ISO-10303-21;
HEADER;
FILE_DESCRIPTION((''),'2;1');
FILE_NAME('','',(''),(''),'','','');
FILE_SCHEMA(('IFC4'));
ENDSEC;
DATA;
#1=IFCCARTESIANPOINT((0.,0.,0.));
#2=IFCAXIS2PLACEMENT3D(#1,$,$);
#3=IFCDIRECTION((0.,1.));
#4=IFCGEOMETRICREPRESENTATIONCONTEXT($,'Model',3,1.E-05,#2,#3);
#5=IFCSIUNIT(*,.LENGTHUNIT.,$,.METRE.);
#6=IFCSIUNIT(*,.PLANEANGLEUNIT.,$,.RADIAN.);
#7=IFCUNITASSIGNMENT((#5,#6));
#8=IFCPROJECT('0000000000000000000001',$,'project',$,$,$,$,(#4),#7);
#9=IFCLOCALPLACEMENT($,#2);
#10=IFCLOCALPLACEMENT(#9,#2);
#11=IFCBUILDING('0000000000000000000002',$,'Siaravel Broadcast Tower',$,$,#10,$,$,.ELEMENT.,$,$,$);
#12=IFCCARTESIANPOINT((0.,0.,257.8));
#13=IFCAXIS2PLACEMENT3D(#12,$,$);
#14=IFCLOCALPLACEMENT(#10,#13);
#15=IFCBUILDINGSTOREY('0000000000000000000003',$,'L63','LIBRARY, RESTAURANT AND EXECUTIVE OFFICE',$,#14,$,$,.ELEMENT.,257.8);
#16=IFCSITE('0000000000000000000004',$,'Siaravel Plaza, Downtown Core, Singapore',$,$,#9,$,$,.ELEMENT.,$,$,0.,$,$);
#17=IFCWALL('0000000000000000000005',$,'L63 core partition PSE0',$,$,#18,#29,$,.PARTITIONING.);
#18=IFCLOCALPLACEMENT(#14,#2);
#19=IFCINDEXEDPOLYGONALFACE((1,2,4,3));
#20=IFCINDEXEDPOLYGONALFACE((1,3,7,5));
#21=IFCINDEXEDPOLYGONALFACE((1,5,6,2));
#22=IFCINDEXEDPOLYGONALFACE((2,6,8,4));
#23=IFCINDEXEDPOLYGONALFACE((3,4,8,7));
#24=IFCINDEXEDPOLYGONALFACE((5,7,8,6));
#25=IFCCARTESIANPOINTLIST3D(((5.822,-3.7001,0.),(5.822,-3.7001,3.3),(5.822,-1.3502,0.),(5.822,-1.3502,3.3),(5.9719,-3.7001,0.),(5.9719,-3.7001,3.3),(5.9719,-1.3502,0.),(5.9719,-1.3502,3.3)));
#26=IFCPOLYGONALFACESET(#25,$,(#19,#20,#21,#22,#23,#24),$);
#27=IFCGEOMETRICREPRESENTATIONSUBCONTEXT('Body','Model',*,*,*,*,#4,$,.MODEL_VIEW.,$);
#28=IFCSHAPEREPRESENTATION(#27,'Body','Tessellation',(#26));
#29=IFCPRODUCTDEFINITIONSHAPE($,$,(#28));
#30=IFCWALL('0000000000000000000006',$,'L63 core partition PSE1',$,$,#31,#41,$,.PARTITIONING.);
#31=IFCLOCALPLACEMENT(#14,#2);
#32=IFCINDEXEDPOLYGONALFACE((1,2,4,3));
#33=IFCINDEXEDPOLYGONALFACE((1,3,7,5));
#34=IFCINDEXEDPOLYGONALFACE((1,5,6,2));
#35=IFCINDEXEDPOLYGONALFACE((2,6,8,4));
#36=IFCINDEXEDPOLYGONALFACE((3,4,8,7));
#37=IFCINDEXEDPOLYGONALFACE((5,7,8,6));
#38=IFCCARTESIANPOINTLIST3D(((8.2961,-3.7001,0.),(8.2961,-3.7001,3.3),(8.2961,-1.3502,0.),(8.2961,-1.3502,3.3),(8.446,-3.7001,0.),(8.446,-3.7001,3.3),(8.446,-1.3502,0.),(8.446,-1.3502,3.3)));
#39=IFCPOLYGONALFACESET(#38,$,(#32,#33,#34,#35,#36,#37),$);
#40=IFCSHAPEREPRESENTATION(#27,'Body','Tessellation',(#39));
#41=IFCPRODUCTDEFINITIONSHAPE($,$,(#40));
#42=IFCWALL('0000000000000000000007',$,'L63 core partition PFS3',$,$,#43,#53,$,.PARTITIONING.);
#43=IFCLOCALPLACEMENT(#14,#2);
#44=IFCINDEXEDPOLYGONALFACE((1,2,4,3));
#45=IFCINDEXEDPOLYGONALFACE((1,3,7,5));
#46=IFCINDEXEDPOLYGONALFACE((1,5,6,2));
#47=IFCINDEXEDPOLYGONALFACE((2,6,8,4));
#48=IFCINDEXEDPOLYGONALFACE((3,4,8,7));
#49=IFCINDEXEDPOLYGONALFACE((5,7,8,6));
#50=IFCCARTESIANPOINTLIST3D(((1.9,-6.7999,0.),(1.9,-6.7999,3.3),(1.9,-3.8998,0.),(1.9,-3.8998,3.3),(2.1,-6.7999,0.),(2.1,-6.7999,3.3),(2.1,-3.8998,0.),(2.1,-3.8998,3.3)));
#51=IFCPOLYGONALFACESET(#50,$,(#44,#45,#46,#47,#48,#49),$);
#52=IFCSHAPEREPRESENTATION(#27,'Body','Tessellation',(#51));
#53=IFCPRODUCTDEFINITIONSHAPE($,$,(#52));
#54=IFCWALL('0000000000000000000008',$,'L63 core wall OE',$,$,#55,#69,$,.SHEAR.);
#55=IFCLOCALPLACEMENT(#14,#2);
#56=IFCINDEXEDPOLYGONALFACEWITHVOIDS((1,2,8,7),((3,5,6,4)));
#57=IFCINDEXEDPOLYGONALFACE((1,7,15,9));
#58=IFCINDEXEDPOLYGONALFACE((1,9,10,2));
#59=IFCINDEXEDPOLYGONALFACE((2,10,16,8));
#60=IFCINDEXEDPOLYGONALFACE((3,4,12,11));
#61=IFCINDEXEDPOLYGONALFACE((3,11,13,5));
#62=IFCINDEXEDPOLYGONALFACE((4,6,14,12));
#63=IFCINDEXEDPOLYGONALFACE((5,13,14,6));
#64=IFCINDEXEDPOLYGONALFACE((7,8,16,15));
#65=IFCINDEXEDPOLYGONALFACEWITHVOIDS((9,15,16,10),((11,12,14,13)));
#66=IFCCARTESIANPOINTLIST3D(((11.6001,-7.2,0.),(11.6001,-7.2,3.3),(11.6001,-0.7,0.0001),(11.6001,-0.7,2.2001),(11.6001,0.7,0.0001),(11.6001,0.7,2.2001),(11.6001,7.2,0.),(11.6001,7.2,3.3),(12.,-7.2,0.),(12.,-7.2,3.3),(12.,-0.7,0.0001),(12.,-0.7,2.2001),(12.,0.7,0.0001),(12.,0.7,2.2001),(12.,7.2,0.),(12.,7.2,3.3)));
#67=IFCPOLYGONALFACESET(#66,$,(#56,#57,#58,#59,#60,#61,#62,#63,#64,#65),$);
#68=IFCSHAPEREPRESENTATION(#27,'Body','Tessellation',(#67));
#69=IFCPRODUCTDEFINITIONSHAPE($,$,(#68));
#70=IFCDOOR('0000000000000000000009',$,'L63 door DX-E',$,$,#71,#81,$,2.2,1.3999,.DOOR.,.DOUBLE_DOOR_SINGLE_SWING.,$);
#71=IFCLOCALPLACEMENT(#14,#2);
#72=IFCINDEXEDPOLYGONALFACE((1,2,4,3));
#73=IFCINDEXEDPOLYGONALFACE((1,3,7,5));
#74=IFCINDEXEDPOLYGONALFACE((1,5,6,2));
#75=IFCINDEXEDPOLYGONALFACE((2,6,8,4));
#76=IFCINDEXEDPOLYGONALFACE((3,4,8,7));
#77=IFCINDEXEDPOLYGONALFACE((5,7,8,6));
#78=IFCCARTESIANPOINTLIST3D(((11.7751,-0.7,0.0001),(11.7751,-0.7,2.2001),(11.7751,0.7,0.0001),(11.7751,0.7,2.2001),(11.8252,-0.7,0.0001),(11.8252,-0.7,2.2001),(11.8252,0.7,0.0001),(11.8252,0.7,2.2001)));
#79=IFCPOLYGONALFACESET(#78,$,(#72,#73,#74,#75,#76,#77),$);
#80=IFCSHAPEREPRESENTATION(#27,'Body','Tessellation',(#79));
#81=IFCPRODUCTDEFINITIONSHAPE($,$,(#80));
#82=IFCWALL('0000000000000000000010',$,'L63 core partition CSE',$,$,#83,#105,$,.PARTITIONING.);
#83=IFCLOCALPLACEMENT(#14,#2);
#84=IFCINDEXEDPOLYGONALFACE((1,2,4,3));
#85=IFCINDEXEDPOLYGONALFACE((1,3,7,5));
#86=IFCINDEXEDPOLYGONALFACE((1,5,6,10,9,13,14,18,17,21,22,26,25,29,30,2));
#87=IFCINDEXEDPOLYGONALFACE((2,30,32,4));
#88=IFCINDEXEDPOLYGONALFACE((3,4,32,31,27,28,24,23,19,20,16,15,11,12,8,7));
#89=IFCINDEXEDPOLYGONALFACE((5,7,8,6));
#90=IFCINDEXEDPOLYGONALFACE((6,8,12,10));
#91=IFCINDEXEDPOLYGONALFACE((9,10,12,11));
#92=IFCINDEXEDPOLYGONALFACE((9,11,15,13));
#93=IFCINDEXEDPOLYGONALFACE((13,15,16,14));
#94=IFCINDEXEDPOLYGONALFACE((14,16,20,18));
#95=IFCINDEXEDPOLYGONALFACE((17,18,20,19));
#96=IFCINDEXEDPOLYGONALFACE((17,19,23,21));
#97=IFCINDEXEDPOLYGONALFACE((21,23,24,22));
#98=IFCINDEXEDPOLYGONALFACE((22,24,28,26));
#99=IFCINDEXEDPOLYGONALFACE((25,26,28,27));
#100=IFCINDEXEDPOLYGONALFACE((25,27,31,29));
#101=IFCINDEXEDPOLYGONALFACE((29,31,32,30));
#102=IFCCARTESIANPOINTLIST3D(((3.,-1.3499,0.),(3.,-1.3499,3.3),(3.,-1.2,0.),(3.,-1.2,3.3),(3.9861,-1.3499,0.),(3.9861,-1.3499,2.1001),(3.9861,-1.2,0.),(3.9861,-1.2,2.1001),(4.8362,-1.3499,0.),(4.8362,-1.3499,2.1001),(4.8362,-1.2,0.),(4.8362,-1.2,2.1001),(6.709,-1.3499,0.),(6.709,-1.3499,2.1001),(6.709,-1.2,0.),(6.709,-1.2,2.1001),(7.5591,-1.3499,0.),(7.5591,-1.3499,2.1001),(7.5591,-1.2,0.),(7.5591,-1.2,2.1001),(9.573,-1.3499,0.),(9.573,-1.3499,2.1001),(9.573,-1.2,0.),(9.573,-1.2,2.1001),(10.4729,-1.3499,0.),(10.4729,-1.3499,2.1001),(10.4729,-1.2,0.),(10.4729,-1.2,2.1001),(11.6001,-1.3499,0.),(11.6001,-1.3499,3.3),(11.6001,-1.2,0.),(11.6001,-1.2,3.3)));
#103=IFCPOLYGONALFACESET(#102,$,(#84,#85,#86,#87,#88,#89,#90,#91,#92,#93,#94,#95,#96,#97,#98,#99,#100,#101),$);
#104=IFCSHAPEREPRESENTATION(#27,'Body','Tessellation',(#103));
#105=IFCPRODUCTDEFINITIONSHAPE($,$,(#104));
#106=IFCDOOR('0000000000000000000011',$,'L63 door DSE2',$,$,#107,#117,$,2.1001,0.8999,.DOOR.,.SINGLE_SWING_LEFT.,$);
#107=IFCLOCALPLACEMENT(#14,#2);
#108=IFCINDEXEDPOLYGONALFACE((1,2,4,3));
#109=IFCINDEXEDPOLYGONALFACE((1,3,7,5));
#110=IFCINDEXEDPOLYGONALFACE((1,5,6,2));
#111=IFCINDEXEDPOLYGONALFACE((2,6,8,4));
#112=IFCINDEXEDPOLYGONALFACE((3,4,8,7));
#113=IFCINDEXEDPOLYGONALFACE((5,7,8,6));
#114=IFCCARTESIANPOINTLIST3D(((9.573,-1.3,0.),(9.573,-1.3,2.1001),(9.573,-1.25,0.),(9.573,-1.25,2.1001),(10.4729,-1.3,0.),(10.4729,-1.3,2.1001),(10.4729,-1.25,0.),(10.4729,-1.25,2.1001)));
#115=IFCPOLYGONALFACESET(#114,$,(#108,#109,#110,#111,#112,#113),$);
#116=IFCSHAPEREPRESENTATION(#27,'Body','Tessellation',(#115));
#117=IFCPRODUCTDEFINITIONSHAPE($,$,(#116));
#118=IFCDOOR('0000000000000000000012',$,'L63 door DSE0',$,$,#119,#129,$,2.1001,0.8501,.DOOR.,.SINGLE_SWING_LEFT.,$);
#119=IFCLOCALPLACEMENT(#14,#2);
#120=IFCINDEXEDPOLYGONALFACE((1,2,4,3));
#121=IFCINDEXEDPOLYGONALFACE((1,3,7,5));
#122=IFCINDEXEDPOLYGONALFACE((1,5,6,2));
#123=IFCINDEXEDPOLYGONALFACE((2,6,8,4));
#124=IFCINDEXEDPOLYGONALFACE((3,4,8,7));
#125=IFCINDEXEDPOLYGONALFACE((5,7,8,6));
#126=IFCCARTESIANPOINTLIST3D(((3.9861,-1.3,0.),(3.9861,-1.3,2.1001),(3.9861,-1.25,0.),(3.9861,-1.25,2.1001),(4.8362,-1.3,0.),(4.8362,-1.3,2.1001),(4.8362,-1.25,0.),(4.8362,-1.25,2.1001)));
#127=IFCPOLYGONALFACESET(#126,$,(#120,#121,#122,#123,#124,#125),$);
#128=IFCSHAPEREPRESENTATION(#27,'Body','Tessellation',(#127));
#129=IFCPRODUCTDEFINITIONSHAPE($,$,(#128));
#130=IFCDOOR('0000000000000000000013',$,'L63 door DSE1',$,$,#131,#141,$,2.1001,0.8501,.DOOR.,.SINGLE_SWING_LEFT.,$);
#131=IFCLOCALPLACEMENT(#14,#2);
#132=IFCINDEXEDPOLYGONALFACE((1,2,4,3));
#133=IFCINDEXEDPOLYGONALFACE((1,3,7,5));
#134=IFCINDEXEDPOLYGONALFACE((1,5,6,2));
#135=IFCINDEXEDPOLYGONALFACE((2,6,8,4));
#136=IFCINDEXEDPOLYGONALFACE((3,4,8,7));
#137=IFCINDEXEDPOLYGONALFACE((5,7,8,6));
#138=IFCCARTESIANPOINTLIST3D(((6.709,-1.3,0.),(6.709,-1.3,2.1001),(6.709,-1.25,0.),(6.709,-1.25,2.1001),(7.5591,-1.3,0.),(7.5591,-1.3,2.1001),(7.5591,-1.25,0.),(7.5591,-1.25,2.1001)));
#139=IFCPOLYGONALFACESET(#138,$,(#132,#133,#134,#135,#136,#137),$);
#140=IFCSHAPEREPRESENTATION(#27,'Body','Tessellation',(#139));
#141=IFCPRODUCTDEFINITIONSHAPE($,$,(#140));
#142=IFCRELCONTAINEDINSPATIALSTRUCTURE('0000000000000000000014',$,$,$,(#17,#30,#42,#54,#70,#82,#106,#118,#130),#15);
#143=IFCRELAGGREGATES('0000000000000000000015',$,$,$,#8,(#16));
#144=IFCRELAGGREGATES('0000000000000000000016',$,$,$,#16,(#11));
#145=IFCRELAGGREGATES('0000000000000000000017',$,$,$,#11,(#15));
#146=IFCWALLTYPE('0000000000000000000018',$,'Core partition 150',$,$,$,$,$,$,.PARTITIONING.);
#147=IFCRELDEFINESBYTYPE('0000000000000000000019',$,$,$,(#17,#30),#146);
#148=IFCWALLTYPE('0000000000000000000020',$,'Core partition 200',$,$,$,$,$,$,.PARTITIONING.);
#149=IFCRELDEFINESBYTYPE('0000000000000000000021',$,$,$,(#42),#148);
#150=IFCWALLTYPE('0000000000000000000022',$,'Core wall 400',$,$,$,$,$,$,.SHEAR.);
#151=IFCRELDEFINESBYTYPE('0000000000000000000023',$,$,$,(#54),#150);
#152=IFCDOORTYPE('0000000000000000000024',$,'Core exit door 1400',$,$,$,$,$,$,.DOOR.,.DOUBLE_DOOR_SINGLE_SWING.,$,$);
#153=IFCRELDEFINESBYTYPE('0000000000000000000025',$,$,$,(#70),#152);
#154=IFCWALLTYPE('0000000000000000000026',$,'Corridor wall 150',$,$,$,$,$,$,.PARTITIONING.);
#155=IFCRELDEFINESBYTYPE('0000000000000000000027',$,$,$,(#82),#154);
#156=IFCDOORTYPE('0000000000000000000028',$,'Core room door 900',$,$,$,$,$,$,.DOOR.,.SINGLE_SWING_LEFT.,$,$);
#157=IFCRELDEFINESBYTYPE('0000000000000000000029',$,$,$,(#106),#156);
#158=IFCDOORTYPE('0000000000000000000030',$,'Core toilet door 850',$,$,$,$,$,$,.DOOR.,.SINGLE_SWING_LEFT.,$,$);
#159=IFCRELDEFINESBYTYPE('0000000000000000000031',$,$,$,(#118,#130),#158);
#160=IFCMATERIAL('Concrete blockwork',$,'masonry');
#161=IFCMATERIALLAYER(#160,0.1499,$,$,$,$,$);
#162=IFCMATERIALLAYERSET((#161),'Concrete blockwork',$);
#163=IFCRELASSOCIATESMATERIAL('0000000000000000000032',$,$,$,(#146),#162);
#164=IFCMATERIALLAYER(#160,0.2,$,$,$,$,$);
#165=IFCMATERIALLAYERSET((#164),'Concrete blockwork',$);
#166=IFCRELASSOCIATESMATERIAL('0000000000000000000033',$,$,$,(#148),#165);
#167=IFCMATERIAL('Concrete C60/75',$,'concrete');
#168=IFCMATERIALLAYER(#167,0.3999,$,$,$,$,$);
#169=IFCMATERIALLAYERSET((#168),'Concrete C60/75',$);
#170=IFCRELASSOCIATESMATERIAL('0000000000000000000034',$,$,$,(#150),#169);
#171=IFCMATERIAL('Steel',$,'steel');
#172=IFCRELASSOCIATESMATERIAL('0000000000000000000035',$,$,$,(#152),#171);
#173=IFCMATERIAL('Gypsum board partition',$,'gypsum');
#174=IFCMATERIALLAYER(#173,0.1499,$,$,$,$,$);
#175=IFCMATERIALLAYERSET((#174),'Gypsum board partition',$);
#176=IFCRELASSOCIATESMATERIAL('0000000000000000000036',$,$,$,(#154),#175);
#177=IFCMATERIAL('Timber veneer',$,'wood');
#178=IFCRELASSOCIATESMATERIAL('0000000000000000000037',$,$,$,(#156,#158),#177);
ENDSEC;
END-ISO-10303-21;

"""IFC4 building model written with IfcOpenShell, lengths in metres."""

from ifc_helpers import new_model, si_unit, direction, frame, frame_2d, origin, place, context, subcontext, project, spatial, rectangle, extrude, material, layer, layer_set, type_object, element, fill, save


model = new_model("IFC4")

# Units and contexts
model_context = context("Model", 3, precision=1e-05, world=origin(), true_north=direction((0.0, 1.0)))
body_context = subcontext(model_context, "Body", "Model", "MODEL_VIEW")
ifc_project = project(units=[si_unit("LENGTHUNIT", "METRE"), si_unit("PLANEANGLEUNIT", "RADIAN")], contexts=[model_context])

# Site, building, storey
site_placement = place(None, origin())
site = spatial("IfcSite", under=ifc_project, at=site_placement, Name="Siaravel Plaza, Downtown Core, Singapore", CompositionType="ELEMENT", RefElevation=0.0)
building_placement = place(site_placement, origin())
building = spatial("IfcBuilding", under=site, at=building_placement, Name="Siaravel Broadcast Tower", CompositionType="ELEMENT")
storey_placement = place(building_placement, frame((0.0, 0.0, 257.8)))
storey = spatial("IfcBuildingStorey", under=building, at=storey_placement, Name="L63", Description="LIBRARY, RESTAURANT AND EXECUTIVE OFFICE", CompositionType="ELEMENT", Elevation=257.8)

# Walls
ifc_material_1 = material(Name="Concrete blockwork", Category="masonry")
ifc_layer_1 = layer(ifc_material_1, 0.1499)
ifc_layer_set_1 = layer_set([ifc_layer_1], Name="Concrete blockwork")
wall_type_1 = type_object("IfcWallType", Name="Core partition 150", PredefinedType="PARTITIONING", material=ifc_layer_set_1)
for number, where, z_axis, x_axis, name in (
    (1, (5.897, -3.7, 0.0), (0.0, 0.0, 1.0), (0.0, 1.0, 0.0), "L63 core partition PSE0"),
    (2, (8.3711, -3.7, 0.0), (0.0, 0.0, 1.0), (0.0, 1.0, 0.0), "L63 core partition PSE1"),
):
    element("IfcWall", number, at=place(storey_placement, frame(where, z_axis=z_axis, x_axis=x_axis)), inside=storey, type_object=wall_type_1, Name=name, PredefinedType="PARTITIONING", context=body_context, shape_type="SweptSolid", body=[
        extrude(rectangle(XDim=2.3499, YDim=0.1499, at=frame_2d((1.1748, 0.0))), origin(), (0.0, 0.0, 1.0), 3.3),
    ])
ifc_layer_2 = layer(ifc_material_1, 0.2)
ifc_layer_set_2 = layer_set([ifc_layer_2], Name="Concrete blockwork")
wall_type_2 = type_object("IfcWallType", Name="Core partition 200", PredefinedType="PARTITIONING", material=ifc_layer_set_2)
wall_1_placement = place(storey_placement, frame((2.0, -6.8, 0.0), z_axis=(0.0, 0.0, 1.0), x_axis=(0.0, 1.0, 0.0)))
element("IfcWall", 3, at=wall_1_placement, inside=storey, type_object=wall_type_2, Name="L63 core partition PFS3", PredefinedType="PARTITIONING", context=body_context, shape_type="SweptSolid", body=[
    extrude(rectangle(XDim=2.9001, YDim=0.2, at=frame_2d((1.4502, 0.0))), origin(), (0.0, 0.0, 1.0), 3.3),
])

# Wall, opening, door
ifc_material_2 = material(Name="Concrete C60/75", Category="concrete")
ifc_layer_3 = layer(ifc_material_2, 0.3999)
ifc_layer_set_3 = layer_set([ifc_layer_3], Name="Concrete C60/75")
wall_type_3 = type_object("IfcWallType", Name="Core wall 400", PredefinedType="SHEAR", material=ifc_layer_set_3)
wall_2_placement = place(storey_placement, frame((11.8, -7.2, 0.0), z_axis=(0.0, 0.0, 1.0), x_axis=(0.0, 1.0, 0.0)))
wall_2 = element("IfcWall", 4, at=wall_2_placement, inside=storey, type_object=wall_type_3, Name="L63 core wall OE", PredefinedType="SHEAR", context=body_context, shape_type="SweptSolid", body=[
    extrude(rectangle(XDim=14.3999, YDim=0.3999, at=frame_2d((7.2, 0.0))), origin(), (0.0, 0.0, 1.0), 3.3),
])
opening_1_placement = place(wall_2_placement, frame((6.5, 0.0, 0.0)))
opening_1 = element("IfcOpeningElement", 5, at=opening_1_placement, cuts=wall_2, PredefinedType="OPENING", context=body_context, shape_type="SweptSolid", body=[
    extrude(rectangle(XDim=1.3999, YDim=2.2, at=frame_2d((0.7, 1.1001))), frame((0.0, 0.21, 0.0), z_axis=(0.0, -1.0, 0.0), x_axis=(1.0, 0.0, 0.0)), (0.0, 0.0, 1.0), 0.4199),
])
ifc_material_3 = material(Name="Steel", Category="steel")
door_type_1 = type_object("IfcDoorType", Name="Core exit door 1400", OperationType="DOUBLE_DOOR_SINGLE_SWING", PredefinedType="DOOR", material=ifc_material_3)
door_1_placement = place(opening_1_placement, origin())
door_1 = element("IfcDoor", 6, at=door_1_placement, inside=storey, type_object=door_type_1, Name="L63 door DX-E", OperationType="DOUBLE_DOOR_SINGLE_SWING", OverallHeight=2.2, OverallWidth=1.3999, PredefinedType="DOOR", context=body_context, shape_type="SweptSolid", body=[
    extrude(rectangle(XDim=1.3999, YDim=2.2, at=frame_2d((0.7, 1.1001))), frame((0.0, 0.0249, 0.0), z_axis=(0.0, -1.0, 0.0), x_axis=(1.0, 0.0, 0.0)), (0.0, 0.0, 1.0), 0.05),
])
fill(opening_1, door_1)

# Wall, openings, doors
ifc_material_4 = material(Name="Gypsum board partition", Category="gypsum")
ifc_layer_4 = layer(ifc_material_4, 0.1499)
ifc_layer_set_4 = layer_set([ifc_layer_4], Name="Gypsum board partition")
wall_type_4 = type_object("IfcWallType", Name="Corridor wall 150", PredefinedType="PARTITIONING", material=ifc_layer_set_4)
wall_3_placement = place(storey_placement, frame((3.0, -1.2749, 0.0), z_axis=(0.0, 0.0, 1.0), x_axis=(1.0, 0.0, 0.0)))
wall_3 = element("IfcWall", 7, at=wall_3_placement, inside=storey, type_object=wall_type_4, Name="L63 core partition CSE", PredefinedType="PARTITIONING", context=body_context, shape_type="SweptSolid", body=[
    extrude(rectangle(XDim=8.6001, YDim=0.1499, at=frame_2d((4.3, 0.0))), origin(), (0.0, 0.0, 1.0), 3.3),
])
opening_2_placement = place(wall_3_placement, frame((0.9861, 0.0, 0.0)))
opening_2 = element("IfcOpeningElement", 8, at=opening_2_placement, cuts=wall_3, PredefinedType="OPENING", context=body_context, shape_type="SweptSolid", body=[
    extrude(rectangle(XDim=0.8501, YDim=2.1001, at=frame_2d((0.425, 1.05))), frame((0.0, 0.085, 0.0), z_axis=(0.0, -1.0, 0.0), x_axis=(1.0, 0.0, 0.0)), (0.0, 0.0, 1.0), 0.1699),
])
opening_3_placement = place(wall_3_placement, frame((3.709, 0.0, 0.0)))
opening_3 = element("IfcOpeningElement", 9, at=opening_3_placement, cuts=wall_3, PredefinedType="OPENING", context=body_context, shape_type="SweptSolid", body=[
    extrude(rectangle(XDim=0.8501, YDim=2.1001, at=frame_2d((0.425, 1.05))), frame((0.0, 0.085, 0.0), z_axis=(0.0, -1.0, 0.0), x_axis=(1.0, 0.0, 0.0)), (0.0, 0.0, 1.0), 0.1699),
])
opening_4_placement = place(wall_3_placement, frame((6.573, 0.0, 0.0)))
opening_4 = element("IfcOpeningElement", 10, at=opening_4_placement, cuts=wall_3, PredefinedType="OPENING", context=body_context, shape_type="SweptSolid", body=[
    extrude(rectangle(XDim=0.8999, YDim=2.1001, at=frame_2d((0.45, 1.05))), frame((0.0, 0.085, 0.0), z_axis=(0.0, -1.0, 0.0), x_axis=(1.0, 0.0, 0.0)), (0.0, 0.0, 1.0), 0.1699),
])
ifc_material_5 = material(Name="Timber veneer", Category="wood")
door_type_2 = type_object("IfcDoorType", Name="Core room door 900", OperationType="SINGLE_SWING_LEFT", PredefinedType="DOOR", material=ifc_material_5)
door_2_placement = place(opening_4_placement, origin())
door_2 = element("IfcDoor", 11, at=door_2_placement, inside=storey, type_object=door_type_2, Name="L63 door DSE2", OperationType="SINGLE_SWING_LEFT", OverallHeight=2.1001, OverallWidth=0.8999, PredefinedType="DOOR", context=body_context, shape_type="SweptSolid", body=[
    extrude(rectangle(XDim=0.8999, YDim=2.1001, at=frame_2d((0.45, 1.05))), frame((0.0, 0.0249, 0.0), z_axis=(0.0, -1.0, 0.0), x_axis=(1.0, 0.0, 0.0)), (0.0, 0.0, 1.0), 0.05),
])
fill(opening_4, door_2)
door_type_3 = type_object("IfcDoorType", Name="Core toilet door 850", OperationType="SINGLE_SWING_LEFT", PredefinedType="DOOR", material=ifc_material_5)
door_3_placement = place(opening_2_placement, origin())
door_3 = element("IfcDoor", 12, at=door_3_placement, inside=storey, type_object=door_type_3, Name="L63 door DSE0", OperationType="SINGLE_SWING_LEFT", OverallHeight=2.1001, OverallWidth=0.8501, PredefinedType="DOOR", context=body_context, shape_type="SweptSolid", body=[
    extrude(rectangle(XDim=0.8501, YDim=2.1001, at=frame_2d((0.425, 1.05))), frame((0.0, 0.0249, 0.0), z_axis=(0.0, -1.0, 0.0), x_axis=(1.0, 0.0, 0.0)), (0.0, 0.0, 1.0), 0.05),
])
fill(opening_2, door_3)
door_4_placement = place(opening_3_placement, origin())
door_4 = element("IfcDoor", 13, at=door_4_placement, inside=storey, type_object=door_type_3, Name="L63 door DSE1", OperationType="SINGLE_SWING_LEFT", OverallHeight=2.1001, OverallWidth=0.8501, PredefinedType="DOOR", context=body_context, shape_type="SweptSolid", body=[
    extrude(rectangle(XDim=0.8501, YDim=2.1001, at=frame_2d((0.425, 1.05))), frame((0.0, 0.0249, 0.0), z_axis=(0.0, -1.0, 0.0), x_axis=(1.0, 0.0, 0.0)), (0.0, 0.0, 1.0), 0.05),
])
fill(opening_3, door_4)

save(model, "model.ifc")
